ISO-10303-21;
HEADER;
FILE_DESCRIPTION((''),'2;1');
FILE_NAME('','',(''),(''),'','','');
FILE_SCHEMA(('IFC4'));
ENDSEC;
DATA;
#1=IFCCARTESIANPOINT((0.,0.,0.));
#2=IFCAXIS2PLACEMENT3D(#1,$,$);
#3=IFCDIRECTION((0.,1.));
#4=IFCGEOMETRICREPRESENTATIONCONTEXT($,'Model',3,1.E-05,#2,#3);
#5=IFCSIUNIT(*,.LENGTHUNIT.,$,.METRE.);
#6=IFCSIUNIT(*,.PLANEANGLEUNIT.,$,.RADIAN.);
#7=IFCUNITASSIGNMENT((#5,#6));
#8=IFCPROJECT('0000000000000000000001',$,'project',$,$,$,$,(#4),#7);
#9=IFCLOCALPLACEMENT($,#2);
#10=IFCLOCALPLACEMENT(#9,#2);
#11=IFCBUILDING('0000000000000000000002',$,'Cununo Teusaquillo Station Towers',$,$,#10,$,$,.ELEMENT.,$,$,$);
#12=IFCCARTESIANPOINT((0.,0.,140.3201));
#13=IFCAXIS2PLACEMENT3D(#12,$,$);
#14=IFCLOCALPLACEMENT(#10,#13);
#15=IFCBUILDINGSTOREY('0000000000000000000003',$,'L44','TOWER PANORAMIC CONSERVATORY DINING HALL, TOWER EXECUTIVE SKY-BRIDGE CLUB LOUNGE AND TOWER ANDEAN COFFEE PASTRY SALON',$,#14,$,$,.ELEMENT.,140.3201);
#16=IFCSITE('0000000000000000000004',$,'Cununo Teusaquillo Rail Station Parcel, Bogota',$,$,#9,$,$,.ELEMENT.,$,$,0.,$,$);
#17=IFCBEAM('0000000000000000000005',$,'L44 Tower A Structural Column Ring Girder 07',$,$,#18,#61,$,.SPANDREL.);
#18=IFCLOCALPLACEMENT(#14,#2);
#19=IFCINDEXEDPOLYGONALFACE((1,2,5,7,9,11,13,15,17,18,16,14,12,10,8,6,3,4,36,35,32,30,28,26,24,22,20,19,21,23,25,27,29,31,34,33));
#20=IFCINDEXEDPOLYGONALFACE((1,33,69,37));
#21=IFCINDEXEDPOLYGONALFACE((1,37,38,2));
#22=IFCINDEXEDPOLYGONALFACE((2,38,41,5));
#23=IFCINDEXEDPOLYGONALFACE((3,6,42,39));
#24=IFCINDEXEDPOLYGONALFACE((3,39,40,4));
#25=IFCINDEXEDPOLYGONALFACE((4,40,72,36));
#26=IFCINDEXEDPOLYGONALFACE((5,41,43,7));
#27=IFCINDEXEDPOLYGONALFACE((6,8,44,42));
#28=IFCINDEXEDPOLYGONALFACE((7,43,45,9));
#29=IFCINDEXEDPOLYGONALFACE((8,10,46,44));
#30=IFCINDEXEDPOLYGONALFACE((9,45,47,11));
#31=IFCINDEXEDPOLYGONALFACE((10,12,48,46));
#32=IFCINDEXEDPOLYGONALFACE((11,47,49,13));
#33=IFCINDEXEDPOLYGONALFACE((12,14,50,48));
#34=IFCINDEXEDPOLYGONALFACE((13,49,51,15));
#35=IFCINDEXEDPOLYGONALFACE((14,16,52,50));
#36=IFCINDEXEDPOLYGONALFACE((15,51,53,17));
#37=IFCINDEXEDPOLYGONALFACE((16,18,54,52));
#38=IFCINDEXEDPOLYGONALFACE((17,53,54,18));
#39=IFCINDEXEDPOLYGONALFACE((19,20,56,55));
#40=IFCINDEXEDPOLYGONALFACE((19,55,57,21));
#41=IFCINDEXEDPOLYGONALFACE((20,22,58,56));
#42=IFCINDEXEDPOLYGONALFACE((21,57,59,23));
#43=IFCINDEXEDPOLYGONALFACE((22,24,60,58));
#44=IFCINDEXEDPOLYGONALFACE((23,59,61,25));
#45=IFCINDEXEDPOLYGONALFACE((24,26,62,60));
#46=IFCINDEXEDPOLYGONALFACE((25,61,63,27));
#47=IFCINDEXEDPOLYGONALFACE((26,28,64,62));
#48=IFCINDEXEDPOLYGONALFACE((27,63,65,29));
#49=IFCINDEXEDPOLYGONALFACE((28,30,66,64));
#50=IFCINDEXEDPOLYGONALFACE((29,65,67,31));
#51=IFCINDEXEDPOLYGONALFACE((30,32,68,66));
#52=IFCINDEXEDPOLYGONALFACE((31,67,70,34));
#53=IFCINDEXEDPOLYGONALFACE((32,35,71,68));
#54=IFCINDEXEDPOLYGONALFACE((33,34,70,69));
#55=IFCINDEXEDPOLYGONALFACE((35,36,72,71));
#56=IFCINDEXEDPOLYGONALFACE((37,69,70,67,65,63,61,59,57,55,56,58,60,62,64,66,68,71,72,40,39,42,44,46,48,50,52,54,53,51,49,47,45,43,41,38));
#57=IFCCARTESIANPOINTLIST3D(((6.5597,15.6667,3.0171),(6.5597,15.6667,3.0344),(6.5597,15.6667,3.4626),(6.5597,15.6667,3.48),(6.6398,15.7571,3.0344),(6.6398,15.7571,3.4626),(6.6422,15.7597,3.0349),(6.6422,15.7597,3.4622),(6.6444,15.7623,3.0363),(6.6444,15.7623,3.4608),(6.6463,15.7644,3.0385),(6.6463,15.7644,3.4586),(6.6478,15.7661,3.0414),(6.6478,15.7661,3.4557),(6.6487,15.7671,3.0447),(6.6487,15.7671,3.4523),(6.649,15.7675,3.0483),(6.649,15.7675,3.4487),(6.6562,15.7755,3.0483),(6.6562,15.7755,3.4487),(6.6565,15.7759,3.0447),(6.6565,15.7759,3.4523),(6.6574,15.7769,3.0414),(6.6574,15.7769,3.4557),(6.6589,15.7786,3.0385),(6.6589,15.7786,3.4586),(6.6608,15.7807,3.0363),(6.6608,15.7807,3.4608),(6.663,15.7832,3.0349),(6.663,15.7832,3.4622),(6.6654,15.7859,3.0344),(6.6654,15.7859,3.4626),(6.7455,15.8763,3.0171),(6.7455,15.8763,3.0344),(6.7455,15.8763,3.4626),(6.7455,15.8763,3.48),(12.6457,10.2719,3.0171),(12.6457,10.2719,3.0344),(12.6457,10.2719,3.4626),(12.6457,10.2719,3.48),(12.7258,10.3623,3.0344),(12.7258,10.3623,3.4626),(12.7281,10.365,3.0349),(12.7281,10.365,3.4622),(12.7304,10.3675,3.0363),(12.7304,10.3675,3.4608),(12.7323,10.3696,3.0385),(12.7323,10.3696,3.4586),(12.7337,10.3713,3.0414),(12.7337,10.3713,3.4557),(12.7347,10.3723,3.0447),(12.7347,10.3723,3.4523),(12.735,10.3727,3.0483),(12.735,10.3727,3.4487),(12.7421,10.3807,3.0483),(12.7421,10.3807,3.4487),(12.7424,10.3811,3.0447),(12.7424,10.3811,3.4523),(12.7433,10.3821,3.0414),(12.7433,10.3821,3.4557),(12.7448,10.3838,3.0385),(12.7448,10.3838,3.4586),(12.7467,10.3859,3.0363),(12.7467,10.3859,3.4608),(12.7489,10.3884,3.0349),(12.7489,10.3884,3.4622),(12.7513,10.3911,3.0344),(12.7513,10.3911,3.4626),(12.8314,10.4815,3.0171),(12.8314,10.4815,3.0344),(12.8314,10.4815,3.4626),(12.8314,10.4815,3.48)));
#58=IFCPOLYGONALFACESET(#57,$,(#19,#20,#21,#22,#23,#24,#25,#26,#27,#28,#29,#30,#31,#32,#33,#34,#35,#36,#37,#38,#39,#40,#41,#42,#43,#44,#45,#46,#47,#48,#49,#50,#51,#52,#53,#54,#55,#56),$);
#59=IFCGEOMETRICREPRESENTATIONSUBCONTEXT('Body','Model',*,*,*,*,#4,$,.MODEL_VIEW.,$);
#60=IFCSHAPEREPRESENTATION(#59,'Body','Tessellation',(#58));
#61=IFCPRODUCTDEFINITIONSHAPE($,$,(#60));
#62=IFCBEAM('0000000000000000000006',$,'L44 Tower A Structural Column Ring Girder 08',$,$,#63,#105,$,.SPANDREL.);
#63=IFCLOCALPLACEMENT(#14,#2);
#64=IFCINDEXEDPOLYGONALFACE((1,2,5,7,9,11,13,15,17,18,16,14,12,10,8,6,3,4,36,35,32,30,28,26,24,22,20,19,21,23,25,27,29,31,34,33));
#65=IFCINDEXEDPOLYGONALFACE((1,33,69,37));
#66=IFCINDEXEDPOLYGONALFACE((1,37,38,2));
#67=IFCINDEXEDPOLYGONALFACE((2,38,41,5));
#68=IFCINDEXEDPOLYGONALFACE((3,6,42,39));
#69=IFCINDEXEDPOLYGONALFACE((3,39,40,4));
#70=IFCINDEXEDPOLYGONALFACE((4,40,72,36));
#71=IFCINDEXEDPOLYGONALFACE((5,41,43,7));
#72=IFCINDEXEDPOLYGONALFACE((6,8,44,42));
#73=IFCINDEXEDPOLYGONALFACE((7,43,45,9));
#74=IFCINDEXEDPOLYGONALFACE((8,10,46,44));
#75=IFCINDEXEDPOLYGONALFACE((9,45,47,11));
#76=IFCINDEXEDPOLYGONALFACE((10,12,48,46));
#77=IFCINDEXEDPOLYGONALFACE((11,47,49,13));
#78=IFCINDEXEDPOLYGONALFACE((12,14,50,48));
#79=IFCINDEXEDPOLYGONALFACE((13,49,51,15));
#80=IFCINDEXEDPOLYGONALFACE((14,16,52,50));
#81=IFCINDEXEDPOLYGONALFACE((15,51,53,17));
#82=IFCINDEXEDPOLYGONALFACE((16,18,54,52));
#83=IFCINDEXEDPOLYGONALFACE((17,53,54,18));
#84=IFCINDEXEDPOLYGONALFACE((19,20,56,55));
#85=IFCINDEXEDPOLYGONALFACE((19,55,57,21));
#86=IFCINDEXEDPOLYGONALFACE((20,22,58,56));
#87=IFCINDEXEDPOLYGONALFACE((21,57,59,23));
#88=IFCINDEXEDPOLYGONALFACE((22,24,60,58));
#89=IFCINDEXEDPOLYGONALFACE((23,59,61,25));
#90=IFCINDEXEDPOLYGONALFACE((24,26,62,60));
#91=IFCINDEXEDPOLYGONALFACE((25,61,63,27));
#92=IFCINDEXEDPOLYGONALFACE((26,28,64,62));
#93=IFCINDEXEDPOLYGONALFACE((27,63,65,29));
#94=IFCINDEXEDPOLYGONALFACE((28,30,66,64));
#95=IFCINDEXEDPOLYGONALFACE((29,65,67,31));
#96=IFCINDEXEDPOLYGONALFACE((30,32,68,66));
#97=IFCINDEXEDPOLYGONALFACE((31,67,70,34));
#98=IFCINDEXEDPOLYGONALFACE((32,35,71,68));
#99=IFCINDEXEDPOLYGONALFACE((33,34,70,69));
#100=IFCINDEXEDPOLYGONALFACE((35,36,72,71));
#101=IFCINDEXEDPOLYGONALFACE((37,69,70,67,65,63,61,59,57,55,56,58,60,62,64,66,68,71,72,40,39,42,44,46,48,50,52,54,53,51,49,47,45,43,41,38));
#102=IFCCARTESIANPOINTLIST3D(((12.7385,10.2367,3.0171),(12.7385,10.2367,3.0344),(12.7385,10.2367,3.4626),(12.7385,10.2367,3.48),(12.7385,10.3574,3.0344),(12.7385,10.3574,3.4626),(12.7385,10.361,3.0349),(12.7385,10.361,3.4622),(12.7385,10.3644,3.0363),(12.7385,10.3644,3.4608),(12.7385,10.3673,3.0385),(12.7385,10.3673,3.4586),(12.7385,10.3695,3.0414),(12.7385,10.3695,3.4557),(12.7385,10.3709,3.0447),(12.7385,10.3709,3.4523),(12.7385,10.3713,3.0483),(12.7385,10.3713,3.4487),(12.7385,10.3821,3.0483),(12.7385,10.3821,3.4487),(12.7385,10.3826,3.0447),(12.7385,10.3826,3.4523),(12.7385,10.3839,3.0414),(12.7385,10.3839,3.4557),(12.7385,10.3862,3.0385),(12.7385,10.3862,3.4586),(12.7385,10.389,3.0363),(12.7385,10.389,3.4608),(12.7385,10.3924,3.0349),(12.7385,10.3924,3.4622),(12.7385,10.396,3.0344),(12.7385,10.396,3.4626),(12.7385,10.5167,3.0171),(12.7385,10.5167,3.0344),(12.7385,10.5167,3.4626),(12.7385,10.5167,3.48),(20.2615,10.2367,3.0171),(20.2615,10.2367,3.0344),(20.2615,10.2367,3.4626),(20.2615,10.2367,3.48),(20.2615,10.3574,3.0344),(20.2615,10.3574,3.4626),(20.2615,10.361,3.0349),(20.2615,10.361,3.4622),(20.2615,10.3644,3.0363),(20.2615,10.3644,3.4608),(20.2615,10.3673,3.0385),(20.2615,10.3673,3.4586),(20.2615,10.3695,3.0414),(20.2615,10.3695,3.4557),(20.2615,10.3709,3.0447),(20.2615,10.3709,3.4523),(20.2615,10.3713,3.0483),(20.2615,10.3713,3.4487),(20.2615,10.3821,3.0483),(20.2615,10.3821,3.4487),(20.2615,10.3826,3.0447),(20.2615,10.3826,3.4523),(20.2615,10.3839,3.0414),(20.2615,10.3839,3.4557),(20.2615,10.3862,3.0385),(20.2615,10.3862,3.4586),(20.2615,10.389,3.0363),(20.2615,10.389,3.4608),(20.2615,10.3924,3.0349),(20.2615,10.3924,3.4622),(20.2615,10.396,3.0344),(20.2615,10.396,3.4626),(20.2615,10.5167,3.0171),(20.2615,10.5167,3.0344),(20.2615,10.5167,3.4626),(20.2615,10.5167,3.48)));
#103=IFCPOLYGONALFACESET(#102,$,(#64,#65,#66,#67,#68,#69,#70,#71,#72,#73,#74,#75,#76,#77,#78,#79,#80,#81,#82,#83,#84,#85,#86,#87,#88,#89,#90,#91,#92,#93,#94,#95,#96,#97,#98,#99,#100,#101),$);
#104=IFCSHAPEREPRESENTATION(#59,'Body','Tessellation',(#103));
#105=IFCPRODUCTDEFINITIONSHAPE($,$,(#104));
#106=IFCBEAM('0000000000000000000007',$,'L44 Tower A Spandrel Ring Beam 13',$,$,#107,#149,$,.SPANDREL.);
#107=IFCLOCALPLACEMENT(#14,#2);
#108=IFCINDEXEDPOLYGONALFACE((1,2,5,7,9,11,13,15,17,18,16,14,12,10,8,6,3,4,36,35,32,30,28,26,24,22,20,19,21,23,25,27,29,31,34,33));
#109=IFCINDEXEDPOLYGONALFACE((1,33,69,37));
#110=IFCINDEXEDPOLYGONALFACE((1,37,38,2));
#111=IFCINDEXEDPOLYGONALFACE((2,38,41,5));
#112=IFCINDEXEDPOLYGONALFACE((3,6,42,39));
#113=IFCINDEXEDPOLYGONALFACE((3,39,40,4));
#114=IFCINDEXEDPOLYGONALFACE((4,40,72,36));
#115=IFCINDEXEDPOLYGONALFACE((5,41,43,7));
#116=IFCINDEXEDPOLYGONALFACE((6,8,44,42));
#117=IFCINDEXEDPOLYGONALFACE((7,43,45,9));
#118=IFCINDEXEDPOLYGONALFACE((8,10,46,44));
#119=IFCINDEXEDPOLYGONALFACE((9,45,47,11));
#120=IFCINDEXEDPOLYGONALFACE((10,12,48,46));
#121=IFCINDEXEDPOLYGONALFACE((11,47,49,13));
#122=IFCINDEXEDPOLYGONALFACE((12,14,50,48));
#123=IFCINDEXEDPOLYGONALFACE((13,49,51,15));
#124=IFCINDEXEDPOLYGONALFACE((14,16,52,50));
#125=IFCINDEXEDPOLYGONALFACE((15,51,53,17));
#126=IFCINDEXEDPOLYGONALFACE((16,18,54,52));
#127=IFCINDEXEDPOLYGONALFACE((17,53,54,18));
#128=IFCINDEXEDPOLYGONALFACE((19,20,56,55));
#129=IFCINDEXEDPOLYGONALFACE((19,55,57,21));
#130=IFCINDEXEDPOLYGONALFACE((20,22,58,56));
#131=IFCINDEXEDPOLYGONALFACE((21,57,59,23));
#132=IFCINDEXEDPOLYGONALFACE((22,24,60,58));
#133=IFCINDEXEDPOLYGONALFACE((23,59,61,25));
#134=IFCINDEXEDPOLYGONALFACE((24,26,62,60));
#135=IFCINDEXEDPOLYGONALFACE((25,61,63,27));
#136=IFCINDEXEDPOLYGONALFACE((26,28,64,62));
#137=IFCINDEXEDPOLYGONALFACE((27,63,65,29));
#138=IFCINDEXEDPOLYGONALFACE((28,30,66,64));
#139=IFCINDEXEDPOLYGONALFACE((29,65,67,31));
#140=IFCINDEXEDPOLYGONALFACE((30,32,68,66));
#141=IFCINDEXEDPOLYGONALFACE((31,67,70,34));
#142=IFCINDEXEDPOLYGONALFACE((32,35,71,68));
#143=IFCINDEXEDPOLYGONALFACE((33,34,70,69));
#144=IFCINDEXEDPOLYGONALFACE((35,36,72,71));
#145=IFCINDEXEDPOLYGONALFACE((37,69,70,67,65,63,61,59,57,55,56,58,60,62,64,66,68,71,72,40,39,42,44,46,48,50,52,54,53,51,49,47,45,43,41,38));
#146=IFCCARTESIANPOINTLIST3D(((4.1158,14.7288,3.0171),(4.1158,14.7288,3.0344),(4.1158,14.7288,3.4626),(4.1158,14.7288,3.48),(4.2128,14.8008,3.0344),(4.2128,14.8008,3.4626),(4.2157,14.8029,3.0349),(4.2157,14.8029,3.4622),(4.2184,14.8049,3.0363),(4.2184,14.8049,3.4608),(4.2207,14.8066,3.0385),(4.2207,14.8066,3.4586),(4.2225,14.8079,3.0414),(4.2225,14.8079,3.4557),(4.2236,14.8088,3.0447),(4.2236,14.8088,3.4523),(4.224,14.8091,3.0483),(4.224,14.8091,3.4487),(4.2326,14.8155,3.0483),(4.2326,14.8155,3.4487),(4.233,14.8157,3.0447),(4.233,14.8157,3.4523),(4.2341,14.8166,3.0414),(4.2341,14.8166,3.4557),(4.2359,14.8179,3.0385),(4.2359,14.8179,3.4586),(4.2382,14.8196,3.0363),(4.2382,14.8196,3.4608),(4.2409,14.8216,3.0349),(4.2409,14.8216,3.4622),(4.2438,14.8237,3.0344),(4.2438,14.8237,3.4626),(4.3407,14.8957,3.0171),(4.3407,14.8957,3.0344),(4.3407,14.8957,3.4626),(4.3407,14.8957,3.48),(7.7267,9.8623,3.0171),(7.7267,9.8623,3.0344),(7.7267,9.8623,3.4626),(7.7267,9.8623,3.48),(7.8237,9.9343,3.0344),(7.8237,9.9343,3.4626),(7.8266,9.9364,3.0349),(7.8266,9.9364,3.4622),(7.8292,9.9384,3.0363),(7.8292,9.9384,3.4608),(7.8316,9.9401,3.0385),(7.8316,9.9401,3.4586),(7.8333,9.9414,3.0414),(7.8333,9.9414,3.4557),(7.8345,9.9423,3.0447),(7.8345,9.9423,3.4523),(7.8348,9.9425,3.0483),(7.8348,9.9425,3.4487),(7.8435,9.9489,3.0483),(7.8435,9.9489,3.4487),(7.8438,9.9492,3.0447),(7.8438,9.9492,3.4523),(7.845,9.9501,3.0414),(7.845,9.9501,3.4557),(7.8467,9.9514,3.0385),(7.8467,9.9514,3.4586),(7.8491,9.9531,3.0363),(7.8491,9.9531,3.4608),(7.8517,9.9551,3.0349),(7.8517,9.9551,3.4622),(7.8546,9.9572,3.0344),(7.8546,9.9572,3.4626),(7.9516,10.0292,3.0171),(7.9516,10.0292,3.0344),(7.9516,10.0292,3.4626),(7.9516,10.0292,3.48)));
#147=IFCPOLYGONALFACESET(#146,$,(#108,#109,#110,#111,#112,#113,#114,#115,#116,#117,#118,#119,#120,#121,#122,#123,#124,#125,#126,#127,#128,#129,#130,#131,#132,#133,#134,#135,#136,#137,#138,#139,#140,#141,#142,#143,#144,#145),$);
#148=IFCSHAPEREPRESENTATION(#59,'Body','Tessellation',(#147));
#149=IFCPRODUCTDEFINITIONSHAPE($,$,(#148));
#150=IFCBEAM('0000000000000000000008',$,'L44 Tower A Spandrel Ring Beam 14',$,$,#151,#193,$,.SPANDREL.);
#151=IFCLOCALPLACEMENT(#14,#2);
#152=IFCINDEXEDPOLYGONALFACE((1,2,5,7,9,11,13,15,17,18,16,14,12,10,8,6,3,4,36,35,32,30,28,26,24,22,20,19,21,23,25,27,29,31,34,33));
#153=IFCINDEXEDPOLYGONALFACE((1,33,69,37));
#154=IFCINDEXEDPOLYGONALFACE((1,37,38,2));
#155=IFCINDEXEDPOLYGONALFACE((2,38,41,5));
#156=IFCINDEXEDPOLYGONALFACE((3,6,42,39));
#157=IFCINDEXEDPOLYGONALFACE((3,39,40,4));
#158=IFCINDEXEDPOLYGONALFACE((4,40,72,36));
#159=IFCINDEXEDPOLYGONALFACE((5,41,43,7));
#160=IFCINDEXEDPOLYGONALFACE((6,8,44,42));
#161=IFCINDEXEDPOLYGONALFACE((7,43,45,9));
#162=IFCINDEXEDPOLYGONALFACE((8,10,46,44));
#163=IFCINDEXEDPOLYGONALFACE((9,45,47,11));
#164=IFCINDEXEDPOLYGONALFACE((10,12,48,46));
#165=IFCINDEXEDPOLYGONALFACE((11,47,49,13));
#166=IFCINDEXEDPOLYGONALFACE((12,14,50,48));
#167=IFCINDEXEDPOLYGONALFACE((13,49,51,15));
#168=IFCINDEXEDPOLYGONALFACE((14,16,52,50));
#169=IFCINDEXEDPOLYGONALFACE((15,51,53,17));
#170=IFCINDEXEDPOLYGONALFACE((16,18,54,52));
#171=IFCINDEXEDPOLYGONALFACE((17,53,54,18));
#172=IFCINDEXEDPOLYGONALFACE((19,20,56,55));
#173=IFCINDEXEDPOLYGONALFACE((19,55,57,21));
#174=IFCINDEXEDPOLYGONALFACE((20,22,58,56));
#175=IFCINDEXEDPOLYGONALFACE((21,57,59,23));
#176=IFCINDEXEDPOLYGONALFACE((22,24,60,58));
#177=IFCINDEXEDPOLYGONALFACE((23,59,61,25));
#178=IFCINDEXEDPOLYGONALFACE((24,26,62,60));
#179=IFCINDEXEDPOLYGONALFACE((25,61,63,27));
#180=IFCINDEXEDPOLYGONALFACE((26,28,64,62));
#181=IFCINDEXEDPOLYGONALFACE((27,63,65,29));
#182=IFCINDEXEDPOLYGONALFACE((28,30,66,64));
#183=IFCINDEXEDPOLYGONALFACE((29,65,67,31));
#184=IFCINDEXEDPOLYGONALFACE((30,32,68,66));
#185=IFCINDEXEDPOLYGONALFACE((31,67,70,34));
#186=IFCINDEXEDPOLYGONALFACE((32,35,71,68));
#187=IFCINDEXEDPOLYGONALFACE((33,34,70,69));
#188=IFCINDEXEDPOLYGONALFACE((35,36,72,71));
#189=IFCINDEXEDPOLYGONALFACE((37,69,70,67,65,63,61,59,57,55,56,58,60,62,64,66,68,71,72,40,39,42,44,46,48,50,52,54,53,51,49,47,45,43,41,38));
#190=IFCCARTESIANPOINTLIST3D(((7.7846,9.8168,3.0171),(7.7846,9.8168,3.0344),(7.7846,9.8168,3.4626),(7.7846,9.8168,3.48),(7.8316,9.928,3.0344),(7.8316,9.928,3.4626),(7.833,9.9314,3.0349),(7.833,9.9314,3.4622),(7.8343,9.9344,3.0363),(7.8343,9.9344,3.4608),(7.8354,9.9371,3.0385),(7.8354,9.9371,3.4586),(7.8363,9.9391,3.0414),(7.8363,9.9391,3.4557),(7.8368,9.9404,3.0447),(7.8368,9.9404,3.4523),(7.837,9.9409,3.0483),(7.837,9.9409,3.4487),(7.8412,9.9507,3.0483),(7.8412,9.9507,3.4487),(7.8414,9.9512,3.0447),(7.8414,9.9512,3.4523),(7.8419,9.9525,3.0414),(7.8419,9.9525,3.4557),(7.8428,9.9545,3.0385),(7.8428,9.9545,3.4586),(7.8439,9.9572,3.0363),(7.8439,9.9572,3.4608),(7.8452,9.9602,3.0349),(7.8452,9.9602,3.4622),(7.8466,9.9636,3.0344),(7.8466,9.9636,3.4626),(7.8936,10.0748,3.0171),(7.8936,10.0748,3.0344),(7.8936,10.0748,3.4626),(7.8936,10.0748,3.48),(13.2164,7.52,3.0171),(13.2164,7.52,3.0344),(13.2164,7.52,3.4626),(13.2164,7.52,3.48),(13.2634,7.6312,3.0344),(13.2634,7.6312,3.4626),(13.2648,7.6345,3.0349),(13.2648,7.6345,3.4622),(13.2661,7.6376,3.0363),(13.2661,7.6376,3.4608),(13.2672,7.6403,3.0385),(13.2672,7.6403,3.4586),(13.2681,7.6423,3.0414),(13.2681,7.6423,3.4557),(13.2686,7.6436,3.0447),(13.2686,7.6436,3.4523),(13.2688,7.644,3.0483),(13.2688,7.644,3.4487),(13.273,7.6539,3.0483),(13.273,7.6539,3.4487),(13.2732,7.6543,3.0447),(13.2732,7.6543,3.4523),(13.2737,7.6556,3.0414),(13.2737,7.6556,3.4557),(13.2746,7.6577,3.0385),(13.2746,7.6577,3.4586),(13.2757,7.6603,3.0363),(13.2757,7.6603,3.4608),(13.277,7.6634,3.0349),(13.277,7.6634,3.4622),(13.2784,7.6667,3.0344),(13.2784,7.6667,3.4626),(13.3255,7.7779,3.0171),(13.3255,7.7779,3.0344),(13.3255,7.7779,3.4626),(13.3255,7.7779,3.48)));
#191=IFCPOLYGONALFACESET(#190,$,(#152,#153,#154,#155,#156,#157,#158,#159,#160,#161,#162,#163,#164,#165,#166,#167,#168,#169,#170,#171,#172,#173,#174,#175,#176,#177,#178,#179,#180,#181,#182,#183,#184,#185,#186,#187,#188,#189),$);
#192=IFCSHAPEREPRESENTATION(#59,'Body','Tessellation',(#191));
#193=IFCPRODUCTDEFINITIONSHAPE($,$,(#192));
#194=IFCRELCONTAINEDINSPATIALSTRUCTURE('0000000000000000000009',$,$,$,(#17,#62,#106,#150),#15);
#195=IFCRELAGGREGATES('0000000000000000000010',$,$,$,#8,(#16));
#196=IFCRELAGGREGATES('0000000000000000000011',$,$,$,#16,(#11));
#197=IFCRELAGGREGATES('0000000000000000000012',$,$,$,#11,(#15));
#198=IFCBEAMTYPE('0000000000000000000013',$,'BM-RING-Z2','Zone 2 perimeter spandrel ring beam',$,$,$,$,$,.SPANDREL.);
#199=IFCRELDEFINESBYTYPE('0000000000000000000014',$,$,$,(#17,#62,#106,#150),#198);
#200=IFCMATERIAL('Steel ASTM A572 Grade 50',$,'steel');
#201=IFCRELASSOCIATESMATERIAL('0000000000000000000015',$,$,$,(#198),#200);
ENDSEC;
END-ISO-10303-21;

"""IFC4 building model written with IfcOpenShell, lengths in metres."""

from ifc_helpers import new_model, si_unit, direction, frame, origin, origin_2d, place, context, subcontext, project, spatial, i_section, extrude, material, material_profile, profile_set, type_object, element, save


model = new_model("IFC4")

# Units and contexts
model_context = context("Model", 3, precision=1e-05, world=origin(), true_north=direction((0.0, 1.0)))
body_context = subcontext(model_context, "Body", "Model", "MODEL_VIEW")
ifc_project = project(units=[si_unit("LENGTHUNIT", "METRE"), si_unit("PLANEANGLEUNIT", "RADIAN")], contexts=[model_context])

# Site, building, storey
site_placement = place(None, origin())
site = spatial("IfcSite", under=ifc_project, at=site_placement, Name="Cununo Teusaquillo Rail Station Parcel, Bogota", CompositionType="ELEMENT", RefElevation=0.0)
building_placement = place(site_placement, origin())
building = spatial("IfcBuilding", under=site, at=building_placement, Name="Cununo Teusaquillo Station Towers", CompositionType="ELEMENT")
storey_placement = place(building_placement, frame((0.0, 0.0, 140.3201)))
storey = spatial("IfcBuildingStorey", under=building, at=storey_placement, Name="L44", Description="TOWER PANORAMIC CONSERVATORY DINING HALL, TOWER EXECUTIVE SKY-BRIDGE CLUB LOUNGE AND TOWER ANDEAN COFFEE PASTRY SALON", CompositionType="ELEMENT", Elevation=140.3201)

# Beams
ifc_material_1 = material(Name="Steel ASTM A572 Grade 50", Category="steel")
ifc_material_profile_1 = material_profile(ifc_material_1, i_section(OverallWidth=0.28, OverallDepth=0.4629, WebThickness=0.0107, FlangeThickness=0.0173, FilletRadius=0.0139, at=origin_2d()), Name="W18X76")
ifc_profile_set_1 = profile_set([ifc_material_profile_1], Name="Steel ASTM A572 Grade 50")
beam_type = type_object("IfcBeamType", Name="BM-RING-Z2", Description="Zone 2 perimeter spandrel ring beam", PredefinedType="SPANDREL", material=ifc_profile_set_1)
beam_1_placement = place(storey_placement, frame((6.6526, 15.7715, 3.2485), z_axis=(0.748321, -0.663337, 0.0), x_axis=(0.663337, 0.748321, 0.0)))
element("IfcBeam", 1, at=beam_1_placement, inside=storey, type_object=beam_type, Name="L44 Tower A Structural Column Ring Girder 07", PredefinedType="SPANDREL", context=body_context, shape_type="SweptSolid", body=[
    extrude(i_section(OverallWidth=0.28, OverallDepth=0.4629, WebThickness=0.0107, FlangeThickness=0.0173, FilletRadius=0.0139, at=origin_2d()), origin(), (0.0, 0.0, 1.0), 8.1328),
])
beam_2_placement = place(storey_placement, frame((12.7385, 10.3767, 3.2485), z_axis=(1.0, 0.0, 0.0), x_axis=(0.0, 1.0, 0.0)))
element("IfcBeam", 2, at=beam_2_placement, inside=storey, type_object=beam_type, Name="L44 Tower A Structural Column Ring Girder 08", PredefinedType="SPANDREL", context=body_context, shape_type="SweptSolid", body=[
    extrude(i_section(OverallWidth=0.28, OverallDepth=0.4629, WebThickness=0.0107, FlangeThickness=0.0173, FilletRadius=0.0139, at=origin_2d()), origin(), (0.0, 0.0, 1.0), 7.5229),
])
beam_3_placement = place(storey_placement, frame((4.2283, 14.8123, 3.2485), z_axis=(0.595873, -0.803079, 0.0), x_axis=(0.803079, 0.595873, 0.0)))
element("IfcBeam", 3, at=beam_3_placement, inside=storey, type_object=beam_type, Name="L44 Tower A Spandrel Ring Beam 13", PredefinedType="SPANDREL", context=body_context, shape_type="SweptSolid", body=[
    extrude(i_section(OverallWidth=0.28, OverallDepth=0.4629, WebThickness=0.0107, FlangeThickness=0.0173, FilletRadius=0.0139, at=origin_2d()), origin(), (0.0, 0.0, 1.0), 6.0598),
])
beam_4_placement = place(storey_placement, frame((7.8391, 9.9458, 3.2485), z_axis=(0.921042, -0.389463, 0.0), x_axis=(0.389463, 0.921042, 0.0)))
element("IfcBeam", 4, at=beam_4_placement, inside=storey, type_object=beam_type, Name="L44 Tower A Spandrel Ring Beam 14", PredefinedType="SPANDREL", context=body_context, shape_type="SweptSolid", body=[
    extrude(i_section(OverallWidth=0.28, OverallDepth=0.4629, WebThickness=0.0107, FlangeThickness=0.0173, FilletRadius=0.0139, at=origin_2d()), origin(), (0.0, 0.0, 1.0), 5.8975),
])

save(model, "model.ifc")
